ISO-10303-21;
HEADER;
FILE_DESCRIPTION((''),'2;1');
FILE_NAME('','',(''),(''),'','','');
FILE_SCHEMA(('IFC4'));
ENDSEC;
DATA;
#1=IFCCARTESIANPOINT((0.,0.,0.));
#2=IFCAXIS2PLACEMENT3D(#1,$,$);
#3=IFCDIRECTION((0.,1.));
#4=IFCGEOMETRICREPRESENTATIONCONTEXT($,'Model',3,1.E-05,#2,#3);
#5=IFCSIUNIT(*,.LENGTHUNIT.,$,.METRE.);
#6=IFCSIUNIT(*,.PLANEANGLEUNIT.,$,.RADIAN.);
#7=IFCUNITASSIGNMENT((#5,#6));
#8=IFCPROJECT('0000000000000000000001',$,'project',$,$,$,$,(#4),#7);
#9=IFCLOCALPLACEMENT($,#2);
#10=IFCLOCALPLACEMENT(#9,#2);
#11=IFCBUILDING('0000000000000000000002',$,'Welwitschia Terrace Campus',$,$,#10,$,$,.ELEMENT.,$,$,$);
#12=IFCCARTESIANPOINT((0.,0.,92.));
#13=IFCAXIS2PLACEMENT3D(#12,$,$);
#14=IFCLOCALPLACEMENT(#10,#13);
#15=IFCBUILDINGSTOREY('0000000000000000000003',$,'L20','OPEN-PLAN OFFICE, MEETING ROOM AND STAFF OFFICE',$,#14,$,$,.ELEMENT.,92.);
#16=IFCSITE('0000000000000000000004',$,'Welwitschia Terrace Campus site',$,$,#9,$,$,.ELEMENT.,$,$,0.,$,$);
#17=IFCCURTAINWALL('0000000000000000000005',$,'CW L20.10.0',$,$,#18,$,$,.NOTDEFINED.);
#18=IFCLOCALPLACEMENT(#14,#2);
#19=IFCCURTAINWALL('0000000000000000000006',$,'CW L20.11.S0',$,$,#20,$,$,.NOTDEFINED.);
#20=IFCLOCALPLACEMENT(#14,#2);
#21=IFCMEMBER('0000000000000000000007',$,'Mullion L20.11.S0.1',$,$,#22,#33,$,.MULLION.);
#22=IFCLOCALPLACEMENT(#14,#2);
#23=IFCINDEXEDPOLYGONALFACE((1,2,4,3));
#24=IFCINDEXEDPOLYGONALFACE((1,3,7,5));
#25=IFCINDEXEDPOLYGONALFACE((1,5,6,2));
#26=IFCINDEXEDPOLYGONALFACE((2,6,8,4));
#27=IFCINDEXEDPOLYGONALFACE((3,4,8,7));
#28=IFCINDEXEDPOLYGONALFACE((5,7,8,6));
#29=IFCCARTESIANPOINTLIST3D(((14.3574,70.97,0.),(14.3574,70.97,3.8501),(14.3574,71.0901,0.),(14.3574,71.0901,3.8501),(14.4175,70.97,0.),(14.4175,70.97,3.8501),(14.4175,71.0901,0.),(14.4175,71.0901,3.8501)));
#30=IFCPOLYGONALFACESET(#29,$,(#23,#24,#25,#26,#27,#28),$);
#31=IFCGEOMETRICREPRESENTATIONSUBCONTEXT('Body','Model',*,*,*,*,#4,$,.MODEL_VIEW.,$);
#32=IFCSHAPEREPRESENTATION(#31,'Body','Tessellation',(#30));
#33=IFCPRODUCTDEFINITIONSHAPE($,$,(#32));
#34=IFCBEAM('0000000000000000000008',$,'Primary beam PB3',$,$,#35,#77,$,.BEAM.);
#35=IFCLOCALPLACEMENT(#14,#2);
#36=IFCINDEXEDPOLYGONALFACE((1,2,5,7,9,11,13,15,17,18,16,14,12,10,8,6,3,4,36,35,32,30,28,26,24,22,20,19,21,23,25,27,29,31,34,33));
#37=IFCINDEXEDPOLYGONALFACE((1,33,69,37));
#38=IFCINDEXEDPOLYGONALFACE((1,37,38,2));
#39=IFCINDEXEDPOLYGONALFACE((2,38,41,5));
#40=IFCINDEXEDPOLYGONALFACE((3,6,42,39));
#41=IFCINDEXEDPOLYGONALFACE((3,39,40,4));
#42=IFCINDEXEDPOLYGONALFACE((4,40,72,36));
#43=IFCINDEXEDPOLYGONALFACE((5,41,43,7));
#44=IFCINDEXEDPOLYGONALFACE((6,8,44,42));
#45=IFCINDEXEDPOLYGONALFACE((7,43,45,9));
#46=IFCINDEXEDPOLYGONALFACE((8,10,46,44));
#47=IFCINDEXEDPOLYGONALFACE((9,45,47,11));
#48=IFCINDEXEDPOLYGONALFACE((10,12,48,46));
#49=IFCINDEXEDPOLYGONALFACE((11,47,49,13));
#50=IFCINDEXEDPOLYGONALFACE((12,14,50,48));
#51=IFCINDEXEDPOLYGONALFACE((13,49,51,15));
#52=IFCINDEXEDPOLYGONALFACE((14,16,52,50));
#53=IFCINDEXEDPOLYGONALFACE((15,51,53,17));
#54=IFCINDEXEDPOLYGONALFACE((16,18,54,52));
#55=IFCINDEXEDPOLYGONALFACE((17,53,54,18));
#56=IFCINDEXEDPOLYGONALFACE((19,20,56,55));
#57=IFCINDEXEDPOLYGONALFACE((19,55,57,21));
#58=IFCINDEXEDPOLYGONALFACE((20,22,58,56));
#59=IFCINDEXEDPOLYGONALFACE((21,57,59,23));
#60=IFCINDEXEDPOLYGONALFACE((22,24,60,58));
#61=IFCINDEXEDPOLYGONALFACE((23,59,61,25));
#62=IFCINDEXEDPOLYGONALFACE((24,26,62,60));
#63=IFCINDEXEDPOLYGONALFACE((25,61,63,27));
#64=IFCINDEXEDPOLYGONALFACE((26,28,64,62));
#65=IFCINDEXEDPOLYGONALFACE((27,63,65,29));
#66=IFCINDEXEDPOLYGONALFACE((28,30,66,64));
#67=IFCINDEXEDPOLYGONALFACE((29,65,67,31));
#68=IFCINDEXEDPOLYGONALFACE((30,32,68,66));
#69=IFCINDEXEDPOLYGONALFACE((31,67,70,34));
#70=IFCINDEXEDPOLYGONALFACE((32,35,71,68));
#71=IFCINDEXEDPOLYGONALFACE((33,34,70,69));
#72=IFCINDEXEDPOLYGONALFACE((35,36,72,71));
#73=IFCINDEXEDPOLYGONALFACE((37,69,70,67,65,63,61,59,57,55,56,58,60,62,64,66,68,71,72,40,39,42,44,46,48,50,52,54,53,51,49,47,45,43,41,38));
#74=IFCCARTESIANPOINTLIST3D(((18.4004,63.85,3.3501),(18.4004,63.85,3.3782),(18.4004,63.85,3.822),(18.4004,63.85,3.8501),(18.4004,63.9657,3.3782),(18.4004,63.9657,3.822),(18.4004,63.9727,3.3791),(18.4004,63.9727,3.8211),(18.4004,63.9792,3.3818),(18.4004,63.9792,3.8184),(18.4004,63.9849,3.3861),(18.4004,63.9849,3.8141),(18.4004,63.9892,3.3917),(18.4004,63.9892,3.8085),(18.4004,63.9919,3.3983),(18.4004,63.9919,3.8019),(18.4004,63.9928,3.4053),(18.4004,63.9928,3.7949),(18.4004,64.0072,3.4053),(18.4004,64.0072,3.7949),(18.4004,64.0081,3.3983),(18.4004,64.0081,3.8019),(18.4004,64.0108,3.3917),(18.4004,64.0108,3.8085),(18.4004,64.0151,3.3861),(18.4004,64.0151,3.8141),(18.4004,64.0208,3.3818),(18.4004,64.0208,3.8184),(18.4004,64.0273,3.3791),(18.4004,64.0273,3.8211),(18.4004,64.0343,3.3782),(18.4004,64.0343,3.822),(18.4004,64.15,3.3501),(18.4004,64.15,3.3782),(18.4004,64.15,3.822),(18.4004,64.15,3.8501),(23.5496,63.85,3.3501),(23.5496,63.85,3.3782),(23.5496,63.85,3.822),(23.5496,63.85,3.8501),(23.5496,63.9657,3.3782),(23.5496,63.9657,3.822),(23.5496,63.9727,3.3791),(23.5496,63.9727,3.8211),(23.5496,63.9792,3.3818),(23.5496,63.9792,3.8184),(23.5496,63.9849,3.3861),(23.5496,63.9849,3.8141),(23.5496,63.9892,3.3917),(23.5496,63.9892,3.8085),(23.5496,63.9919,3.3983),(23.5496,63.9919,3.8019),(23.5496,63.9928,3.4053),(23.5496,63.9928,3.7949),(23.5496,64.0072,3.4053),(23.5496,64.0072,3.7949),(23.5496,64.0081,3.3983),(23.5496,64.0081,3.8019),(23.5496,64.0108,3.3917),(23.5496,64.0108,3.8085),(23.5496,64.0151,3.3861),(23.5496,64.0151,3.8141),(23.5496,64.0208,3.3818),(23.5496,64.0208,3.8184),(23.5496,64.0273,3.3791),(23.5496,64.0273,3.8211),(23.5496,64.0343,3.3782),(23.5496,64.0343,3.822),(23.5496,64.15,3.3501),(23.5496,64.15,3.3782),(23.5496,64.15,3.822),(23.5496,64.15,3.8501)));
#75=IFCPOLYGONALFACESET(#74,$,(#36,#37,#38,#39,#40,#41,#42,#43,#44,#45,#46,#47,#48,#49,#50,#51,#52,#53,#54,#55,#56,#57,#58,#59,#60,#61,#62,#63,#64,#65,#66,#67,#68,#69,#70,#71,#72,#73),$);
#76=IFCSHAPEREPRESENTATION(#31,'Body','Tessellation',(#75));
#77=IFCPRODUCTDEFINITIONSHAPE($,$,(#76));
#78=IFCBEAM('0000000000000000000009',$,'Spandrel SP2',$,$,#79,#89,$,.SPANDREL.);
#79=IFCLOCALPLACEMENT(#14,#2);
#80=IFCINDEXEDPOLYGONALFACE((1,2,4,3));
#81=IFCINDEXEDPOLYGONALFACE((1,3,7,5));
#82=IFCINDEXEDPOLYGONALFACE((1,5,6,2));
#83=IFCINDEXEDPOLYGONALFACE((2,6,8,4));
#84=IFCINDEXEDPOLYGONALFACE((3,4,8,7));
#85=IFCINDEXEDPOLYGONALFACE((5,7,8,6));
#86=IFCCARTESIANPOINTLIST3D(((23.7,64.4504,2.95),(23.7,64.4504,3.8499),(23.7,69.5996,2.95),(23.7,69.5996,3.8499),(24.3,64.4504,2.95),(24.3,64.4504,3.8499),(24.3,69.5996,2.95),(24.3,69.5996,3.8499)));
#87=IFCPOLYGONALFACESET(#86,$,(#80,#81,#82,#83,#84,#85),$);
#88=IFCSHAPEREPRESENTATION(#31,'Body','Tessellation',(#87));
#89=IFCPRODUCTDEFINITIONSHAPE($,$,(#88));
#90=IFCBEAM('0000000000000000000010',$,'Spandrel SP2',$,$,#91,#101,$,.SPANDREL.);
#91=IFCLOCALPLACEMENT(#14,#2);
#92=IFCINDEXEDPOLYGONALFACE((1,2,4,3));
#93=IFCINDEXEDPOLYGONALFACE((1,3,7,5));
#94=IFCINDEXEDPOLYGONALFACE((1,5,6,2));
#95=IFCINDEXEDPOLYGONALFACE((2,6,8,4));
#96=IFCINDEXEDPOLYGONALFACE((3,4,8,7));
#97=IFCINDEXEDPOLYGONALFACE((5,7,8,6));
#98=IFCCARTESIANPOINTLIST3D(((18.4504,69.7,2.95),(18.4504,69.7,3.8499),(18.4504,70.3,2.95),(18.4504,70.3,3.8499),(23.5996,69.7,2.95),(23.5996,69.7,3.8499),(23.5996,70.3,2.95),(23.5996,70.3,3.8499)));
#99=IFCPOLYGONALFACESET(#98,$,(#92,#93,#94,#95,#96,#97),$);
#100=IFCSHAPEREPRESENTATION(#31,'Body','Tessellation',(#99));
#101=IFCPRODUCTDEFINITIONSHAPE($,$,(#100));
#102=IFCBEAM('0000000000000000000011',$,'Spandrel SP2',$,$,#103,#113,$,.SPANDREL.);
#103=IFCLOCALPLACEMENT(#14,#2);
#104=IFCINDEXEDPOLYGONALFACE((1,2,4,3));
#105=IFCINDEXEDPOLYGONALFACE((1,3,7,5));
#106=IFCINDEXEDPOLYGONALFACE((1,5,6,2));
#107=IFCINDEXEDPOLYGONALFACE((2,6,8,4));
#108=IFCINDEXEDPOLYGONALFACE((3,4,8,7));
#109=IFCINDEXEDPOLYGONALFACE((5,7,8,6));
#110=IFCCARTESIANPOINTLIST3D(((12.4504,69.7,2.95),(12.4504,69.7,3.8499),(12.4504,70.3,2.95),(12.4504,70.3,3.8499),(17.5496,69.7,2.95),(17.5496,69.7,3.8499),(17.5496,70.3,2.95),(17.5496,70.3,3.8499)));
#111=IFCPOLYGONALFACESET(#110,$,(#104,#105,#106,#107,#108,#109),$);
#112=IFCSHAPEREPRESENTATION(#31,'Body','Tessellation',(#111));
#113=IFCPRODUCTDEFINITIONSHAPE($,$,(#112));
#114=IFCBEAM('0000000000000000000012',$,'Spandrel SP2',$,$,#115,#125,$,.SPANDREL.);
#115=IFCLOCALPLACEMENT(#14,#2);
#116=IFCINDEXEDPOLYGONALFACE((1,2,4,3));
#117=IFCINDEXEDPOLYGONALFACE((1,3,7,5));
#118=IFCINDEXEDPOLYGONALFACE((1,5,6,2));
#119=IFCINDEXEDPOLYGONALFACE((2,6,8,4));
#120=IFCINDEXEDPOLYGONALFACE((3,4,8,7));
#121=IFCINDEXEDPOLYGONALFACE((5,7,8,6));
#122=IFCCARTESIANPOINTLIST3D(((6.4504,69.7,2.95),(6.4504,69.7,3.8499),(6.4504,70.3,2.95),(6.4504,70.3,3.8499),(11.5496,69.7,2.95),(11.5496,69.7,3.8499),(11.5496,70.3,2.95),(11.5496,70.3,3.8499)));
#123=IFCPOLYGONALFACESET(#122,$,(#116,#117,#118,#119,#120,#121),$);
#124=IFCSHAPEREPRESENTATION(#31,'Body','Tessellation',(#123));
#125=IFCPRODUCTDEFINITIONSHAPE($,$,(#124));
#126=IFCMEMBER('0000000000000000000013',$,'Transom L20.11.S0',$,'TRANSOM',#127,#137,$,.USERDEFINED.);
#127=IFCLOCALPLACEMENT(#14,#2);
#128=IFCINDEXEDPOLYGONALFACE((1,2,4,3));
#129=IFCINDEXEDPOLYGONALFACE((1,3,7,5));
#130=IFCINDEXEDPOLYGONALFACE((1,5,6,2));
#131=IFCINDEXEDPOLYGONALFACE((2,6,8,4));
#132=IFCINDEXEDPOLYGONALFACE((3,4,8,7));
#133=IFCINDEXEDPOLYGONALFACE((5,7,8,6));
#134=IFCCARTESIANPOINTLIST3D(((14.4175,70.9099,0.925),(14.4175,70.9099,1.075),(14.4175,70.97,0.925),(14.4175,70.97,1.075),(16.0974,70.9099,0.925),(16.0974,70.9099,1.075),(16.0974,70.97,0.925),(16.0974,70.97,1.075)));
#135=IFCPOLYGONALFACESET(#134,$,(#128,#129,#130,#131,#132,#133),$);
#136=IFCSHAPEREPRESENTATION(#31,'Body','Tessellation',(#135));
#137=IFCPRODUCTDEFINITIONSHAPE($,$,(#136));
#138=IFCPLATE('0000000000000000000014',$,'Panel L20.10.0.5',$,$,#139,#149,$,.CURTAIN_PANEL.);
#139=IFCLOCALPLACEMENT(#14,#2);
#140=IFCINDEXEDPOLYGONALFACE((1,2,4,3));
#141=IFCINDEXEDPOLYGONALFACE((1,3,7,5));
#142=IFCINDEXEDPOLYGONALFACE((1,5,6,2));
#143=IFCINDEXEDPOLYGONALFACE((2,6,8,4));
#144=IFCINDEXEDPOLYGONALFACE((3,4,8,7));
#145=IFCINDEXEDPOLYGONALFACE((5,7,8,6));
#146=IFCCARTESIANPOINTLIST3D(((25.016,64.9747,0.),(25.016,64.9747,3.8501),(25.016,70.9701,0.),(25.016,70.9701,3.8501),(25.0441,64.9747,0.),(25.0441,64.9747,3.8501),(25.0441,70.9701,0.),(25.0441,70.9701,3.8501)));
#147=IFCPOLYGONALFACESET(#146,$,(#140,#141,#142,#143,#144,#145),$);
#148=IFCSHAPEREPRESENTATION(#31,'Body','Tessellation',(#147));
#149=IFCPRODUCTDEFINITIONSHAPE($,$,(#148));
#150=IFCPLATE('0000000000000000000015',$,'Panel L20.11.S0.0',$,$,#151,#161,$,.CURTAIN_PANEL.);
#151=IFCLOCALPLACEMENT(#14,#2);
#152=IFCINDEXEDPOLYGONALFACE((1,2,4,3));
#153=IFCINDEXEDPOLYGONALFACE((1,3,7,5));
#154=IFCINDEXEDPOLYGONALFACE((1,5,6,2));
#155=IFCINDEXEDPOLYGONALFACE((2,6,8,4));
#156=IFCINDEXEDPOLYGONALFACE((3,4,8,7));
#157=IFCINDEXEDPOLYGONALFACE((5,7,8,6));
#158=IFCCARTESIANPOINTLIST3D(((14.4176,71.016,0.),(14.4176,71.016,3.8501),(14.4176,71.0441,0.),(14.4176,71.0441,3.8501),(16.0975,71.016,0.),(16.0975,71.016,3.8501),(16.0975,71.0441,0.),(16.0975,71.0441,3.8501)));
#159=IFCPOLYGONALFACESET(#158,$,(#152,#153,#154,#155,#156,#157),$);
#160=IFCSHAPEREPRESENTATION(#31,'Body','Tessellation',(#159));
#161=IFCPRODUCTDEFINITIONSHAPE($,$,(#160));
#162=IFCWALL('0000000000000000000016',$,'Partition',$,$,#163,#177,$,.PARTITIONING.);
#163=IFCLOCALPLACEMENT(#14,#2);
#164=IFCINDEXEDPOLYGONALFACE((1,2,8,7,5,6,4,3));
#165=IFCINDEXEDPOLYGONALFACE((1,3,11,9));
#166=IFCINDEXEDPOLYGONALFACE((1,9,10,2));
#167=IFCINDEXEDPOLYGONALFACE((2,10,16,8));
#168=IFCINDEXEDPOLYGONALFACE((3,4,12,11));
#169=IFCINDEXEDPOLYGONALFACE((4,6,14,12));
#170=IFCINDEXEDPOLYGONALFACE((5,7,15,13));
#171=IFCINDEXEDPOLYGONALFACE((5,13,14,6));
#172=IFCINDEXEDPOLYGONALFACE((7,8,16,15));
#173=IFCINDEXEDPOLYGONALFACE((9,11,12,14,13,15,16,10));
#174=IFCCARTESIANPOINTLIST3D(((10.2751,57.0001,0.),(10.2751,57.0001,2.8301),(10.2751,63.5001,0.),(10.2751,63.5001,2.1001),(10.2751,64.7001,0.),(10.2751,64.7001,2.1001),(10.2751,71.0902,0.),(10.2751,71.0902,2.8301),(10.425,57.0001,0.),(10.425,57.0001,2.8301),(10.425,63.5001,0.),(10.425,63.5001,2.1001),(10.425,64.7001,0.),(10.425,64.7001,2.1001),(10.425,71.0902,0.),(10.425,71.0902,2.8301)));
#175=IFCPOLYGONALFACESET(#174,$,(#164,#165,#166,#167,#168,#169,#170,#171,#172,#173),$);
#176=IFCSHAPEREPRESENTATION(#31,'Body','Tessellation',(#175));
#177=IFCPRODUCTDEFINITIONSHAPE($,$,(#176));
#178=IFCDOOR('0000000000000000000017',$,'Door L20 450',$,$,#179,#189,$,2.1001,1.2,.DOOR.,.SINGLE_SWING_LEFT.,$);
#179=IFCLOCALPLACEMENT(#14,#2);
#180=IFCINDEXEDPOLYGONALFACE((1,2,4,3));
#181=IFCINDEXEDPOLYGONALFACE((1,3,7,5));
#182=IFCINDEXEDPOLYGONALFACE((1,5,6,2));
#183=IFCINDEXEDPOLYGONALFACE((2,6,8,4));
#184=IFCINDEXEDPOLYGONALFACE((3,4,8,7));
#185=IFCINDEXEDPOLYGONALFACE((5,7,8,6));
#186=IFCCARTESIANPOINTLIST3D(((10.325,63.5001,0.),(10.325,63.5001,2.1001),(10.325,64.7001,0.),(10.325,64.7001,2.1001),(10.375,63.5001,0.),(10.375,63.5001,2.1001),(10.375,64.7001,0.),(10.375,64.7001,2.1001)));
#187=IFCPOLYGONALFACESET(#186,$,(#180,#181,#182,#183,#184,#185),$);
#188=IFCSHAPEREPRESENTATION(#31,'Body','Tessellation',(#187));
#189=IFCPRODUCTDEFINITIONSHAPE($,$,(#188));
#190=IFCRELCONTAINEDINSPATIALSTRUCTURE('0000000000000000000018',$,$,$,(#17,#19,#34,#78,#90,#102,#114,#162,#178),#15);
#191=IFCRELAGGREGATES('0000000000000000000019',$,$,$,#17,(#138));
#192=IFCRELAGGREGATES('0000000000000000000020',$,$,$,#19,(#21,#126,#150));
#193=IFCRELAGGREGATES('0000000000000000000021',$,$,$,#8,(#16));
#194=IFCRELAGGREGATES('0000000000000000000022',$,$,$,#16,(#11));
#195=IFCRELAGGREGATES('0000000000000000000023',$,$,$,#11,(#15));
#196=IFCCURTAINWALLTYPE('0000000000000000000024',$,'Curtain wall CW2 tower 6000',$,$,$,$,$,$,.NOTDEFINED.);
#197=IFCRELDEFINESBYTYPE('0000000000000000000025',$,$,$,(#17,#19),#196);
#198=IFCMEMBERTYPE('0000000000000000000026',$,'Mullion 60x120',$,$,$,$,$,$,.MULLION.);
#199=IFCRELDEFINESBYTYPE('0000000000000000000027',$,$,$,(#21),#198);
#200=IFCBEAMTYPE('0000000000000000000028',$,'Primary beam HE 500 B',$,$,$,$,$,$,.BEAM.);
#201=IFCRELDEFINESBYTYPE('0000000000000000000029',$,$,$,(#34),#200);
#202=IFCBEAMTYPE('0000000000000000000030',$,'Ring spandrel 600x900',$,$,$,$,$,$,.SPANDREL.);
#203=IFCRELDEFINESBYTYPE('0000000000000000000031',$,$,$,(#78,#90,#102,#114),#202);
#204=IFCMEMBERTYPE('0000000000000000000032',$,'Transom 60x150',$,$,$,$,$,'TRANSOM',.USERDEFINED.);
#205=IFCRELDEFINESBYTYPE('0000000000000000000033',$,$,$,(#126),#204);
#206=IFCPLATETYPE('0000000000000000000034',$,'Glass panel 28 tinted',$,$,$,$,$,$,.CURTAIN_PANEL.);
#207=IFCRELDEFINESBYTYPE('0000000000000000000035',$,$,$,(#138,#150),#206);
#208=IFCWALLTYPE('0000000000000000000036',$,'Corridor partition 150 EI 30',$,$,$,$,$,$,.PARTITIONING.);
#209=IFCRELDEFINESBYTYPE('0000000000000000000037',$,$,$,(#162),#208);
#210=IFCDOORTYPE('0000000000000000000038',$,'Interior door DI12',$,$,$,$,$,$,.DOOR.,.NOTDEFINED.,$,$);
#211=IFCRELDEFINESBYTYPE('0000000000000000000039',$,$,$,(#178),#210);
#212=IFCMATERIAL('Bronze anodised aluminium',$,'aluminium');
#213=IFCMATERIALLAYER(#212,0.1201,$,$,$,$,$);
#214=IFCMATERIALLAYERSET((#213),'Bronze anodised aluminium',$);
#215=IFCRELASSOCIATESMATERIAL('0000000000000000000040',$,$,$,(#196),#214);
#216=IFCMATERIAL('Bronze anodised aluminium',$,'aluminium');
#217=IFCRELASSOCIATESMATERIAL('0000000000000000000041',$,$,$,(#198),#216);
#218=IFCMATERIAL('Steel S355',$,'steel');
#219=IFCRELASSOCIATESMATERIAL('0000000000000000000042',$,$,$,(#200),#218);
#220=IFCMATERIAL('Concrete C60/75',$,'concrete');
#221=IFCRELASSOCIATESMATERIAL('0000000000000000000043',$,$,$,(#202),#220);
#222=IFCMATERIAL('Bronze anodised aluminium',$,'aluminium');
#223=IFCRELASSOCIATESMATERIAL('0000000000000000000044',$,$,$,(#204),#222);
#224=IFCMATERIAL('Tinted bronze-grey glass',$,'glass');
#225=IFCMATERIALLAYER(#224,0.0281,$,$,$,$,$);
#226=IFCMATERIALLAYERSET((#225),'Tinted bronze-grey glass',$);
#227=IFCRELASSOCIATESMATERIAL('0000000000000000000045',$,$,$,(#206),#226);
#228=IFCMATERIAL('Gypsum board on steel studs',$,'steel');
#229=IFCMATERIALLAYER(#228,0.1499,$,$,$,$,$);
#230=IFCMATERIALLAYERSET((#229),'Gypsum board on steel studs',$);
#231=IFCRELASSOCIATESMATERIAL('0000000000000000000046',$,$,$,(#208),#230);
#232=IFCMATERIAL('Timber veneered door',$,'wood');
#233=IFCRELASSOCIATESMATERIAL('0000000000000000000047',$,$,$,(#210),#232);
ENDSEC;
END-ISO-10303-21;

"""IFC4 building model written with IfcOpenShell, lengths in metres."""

from ifc_helpers import new_model, si_unit, direction, frame, frame_2d, origin, origin_2d, place, context, subcontext, project, spatial, rectangle, i_section, extrude, material, layer, layer_set, material_profile, profile_set, type_object, element, fill, aggregate, save


model = new_model("IFC4")

# Units and contexts
model_context = context("Model", 3, precision=1e-05, world=origin(), true_north=direction((0.0, 1.0)))
body_context = subcontext(model_context, "Body", "Model", "MODEL_VIEW")
ifc_project = project(units=[si_unit("LENGTHUNIT", "METRE"), si_unit("PLANEANGLEUNIT", "RADIAN")], contexts=[model_context])

# Site, building, storey
site_placement = place(None, origin())
site = spatial("IfcSite", under=ifc_project, at=site_placement, Name="Welwitschia Terrace Campus site", CompositionType="ELEMENT", RefElevation=0.0)
building_placement = place(site_placement, origin())
building = spatial("IfcBuilding", under=site, at=building_placement, Name="Welwitschia Terrace Campus", CompositionType="ELEMENT")
storey_placement = place(building_placement, frame((0.0, 0.0, 92.0)))
storey = spatial("IfcBuildingStorey", under=building, at=storey_placement, Name="L20", Description="OPEN-PLAN OFFICE, MEETING ROOM AND STAFF OFFICE", CompositionType="ELEMENT", Elevation=92.0)

# Curtain walls, member
ifc_material_1 = material(Name="Bronze anodised aluminium", Category="aluminium")
ifc_layer_1 = layer(ifc_material_1, 0.1201)
ifc_layer_set_1 = layer_set([ifc_layer_1], Name="Bronze anodised aluminium")
curtain_wall_type = type_object("IfcCurtainWallType", Name="Curtain wall CW2 tower 6000", PredefinedType="NOTDEFINED", material=ifc_layer_set_1)
curtain_wall_1_placement = place(storey_placement, origin())
curtain_wall_1 = element("IfcCurtainWall", 1, at=curtain_wall_1_placement, inside=storey, type_object=curtain_wall_type, Name="CW L20.10.0", PredefinedType="NOTDEFINED")
ifc_material_2 = material(Name="Bronze anodised aluminium", Category="aluminium")
ifc_material_profile_1 = material_profile(ifc_material_2, rectangle(XDim=0.1201, YDim=0.0601, at=origin_2d()))
ifc_profile_set_1 = profile_set([ifc_material_profile_1], Name="Bronze anodised aluminium")
member_type_1 = type_object("IfcMemberType", Name="Mullion 60x120", PredefinedType="MULLION", material=ifc_profile_set_1)
curtain_wall_2_placement = place(storey_placement, origin())
curtain_wall_2 = element("IfcCurtainWall", 2, at=curtain_wall_2_placement, inside=storey, type_object=curtain_wall_type, Name="CW L20.11.S0", PredefinedType="NOTDEFINED")
member_1_placement = place(storey_placement, frame((14.3875, 71.03, 0.0), z_axis=(0.0, 0.0, 1.0), x_axis=(0.0, -1.0, 0.0)))
member_1 = element("IfcMember", 3, at=member_1_placement, type_object=member_type_1, Name="Mullion L20.11.S0.1", PredefinedType="MULLION", context=body_context, shape_type="SweptSolid", body=[
    extrude(rectangle(XDim=0.1201, YDim=0.0601, at=origin_2d()), origin(), (0.0, 0.0, 1.0), 3.8501),
])

# Beams
ifc_material_3 = material(Name="Steel S355", Category="steel")
ifc_material_profile_2 = material_profile(ifc_material_3, i_section(OverallWidth=0.3, OverallDepth=0.5, WebThickness=0.0144, FlangeThickness=0.0281, FilletRadius=0.0271, at=origin_2d()))
ifc_profile_set_2 = profile_set([ifc_material_profile_2], Name="Steel S355")
beam_type_1 = type_object("IfcBeamType", Name="Primary beam HE 500 B", PredefinedType="BEAM", material=ifc_profile_set_2)
beam_1_placement = place(storey_placement, frame((23.5496, 64.0, 3.6001), z_axis=(-1.0, 0.0, 0.0), x_axis=(0.0, -1.0, 0.0)))
element("IfcBeam", 4, at=beam_1_placement, inside=storey, type_object=beam_type_1, Name="Primary beam PB3", PredefinedType="BEAM", context=body_context, shape_type="SweptSolid", body=[
    extrude(i_section(OverallWidth=0.3, OverallDepth=0.5, WebThickness=0.0144, FlangeThickness=0.0281, FilletRadius=0.0271, at=origin_2d()), origin(), (0.0, 0.0, 1.0), 5.1492),
])
ifc_material_4 = material(Name="Concrete C60/75", Category="concrete")
ifc_material_profile_3 = material_profile(ifc_material_4, rectangle(XDim=0.6001, YDim=0.8999, at=origin_2d()))
ifc_profile_set_3 = profile_set([ifc_material_profile_3], Name="Concrete C60/75")
beam_type_2 = type_object("IfcBeamType", Name="Ring spandrel 600x900", PredefinedType="SPANDREL", material=ifc_profile_set_3)
for number, where, z_axis, x_axis, name in (
    (5, (24.0, 64.4504, 3.3999), (0.0, 1.0, 0.0), (-1.0, 0.0, 0.0), "Spandrel SP2"),
    (6, (23.5996, 70.0, 3.3999), (-1.0, 0.0, 0.0), (0.0, -1.0, 0.0), "Spandrel SP2"),
):
    element("IfcBeam", number, at=place(storey_placement, frame(where, z_axis=z_axis, x_axis=x_axis)), inside=storey, type_object=beam_type_2, Name=name, PredefinedType="SPANDREL", context=body_context, shape_type="SweptSolid", body=[
        extrude(rectangle(XDim=0.6001, YDim=0.8999, at=origin_2d()), origin(), (0.0, 0.0, 1.0), 5.1492),
    ])
for number, where, z_axis, x_axis, name in (
    (7, (17.5496, 70.0, 3.3999), (-1.0, 0.0, 0.0), (0.0, -1.0, 0.0), "Spandrel SP2"),
    (8, (11.5496, 70.0, 3.3999), (-1.0, 0.0, 0.0), (0.0, -1.0, 0.0), "Spandrel SP2"),
):
    element("IfcBeam", number, at=place(storey_placement, frame(where, z_axis=z_axis, x_axis=x_axis)), inside=storey, type_object=beam_type_2, Name=name, PredefinedType="SPANDREL", context=body_context, shape_type="SweptSolid", body=[
        extrude(rectangle(XDim=0.6001, YDim=0.8999, at=origin_2d()), origin(), (0.0, 0.0, 1.0), 5.0991),
    ])

# Member
ifc_material_5 = material(Name="Bronze anodised aluminium", Category="aluminium")
ifc_material_profile_4 = material_profile(ifc_material_5, rectangle(XDim=0.0601, YDim=0.1499, at=origin_2d()))
ifc_profile_set_4 = profile_set([ifc_material_profile_4], Name="Bronze anodised aluminium")
member_type_2 = type_object("IfcMemberType", Name="Transom 60x150", ElementType="TRANSOM", PredefinedType="USERDEFINED", material=ifc_profile_set_4)
member_2_placement = place(storey_placement, frame((16.0974, 70.9399, 1.0), z_axis=(-1.0, 0.0, 0.0), x_axis=(0.0, -1.0, 0.0)))
member_2 = element("IfcMember", 9, at=member_2_placement, type_object=member_type_2, Name="Transom L20.11.S0", ObjectType="TRANSOM", PredefinedType="USERDEFINED", context=body_context, shape_type="SweptSolid", body=[
    extrude(rectangle(XDim=0.0601, YDim=0.1499, at=origin_2d()), origin(), (0.0, 0.0, 1.0), 1.6799),
])

# Plates
ifc_material_6 = material(Name="Tinted bronze-grey glass", Category="glass")
ifc_layer_2 = layer(ifc_material_6, 0.0281)
ifc_layer_set_2 = layer_set([ifc_layer_2], Name="Tinted bronze-grey glass")
plate_type = type_object("IfcPlateType", Name="Glass panel 28 tinted", PredefinedType="CURTAIN_PANEL", material=ifc_layer_set_2)
plate_1_placement = place(storey_placement, frame((25.03, 67.9724, 0.0), z_axis=(0.0, 0.0, 1.0), x_axis=(0.0, 1.0, 0.0)))
plate_1 = element("IfcPlate", 10, at=plate_1_placement, type_object=plate_type, Name="Panel L20.10.0.5", PredefinedType="CURTAIN_PANEL", context=body_context, shape_type="SweptSolid", body=[
    extrude(rectangle(XDim=5.9954, YDim=0.0281, at=origin_2d()), origin(), (0.0, 0.0, 1.0), 3.8501),
])
aggregate(curtain_wall_1, [plate_1])
plate_2_placement = place(storey_placement, frame((15.2576, 71.03, 0.0), z_axis=(0.0, 0.0, 1.0), x_axis=(-1.0, 0.0, 0.0)))
plate_2 = element("IfcPlate", 11, at=plate_2_placement, type_object=plate_type, Name="Panel L20.11.S0.0", PredefinedType="CURTAIN_PANEL", context=body_context, shape_type="SweptSolid", body=[
    extrude(rectangle(XDim=1.6799, YDim=0.0281, at=origin_2d()), origin(), (0.0, 0.0, 1.0), 3.8501),
])
aggregate(curtain_wall_2, [member_1, member_2, plate_2])

# Wall, opening, door
ifc_material_7 = material(Name="Gypsum board on steel studs", Category="steel")
ifc_layer_3 = layer(ifc_material_7, 0.1499)
ifc_layer_set_3 = layer_set([ifc_layer_3], Name="Gypsum board on steel studs")
wall_type_1 = type_object("IfcWallType", Name="Corridor partition 150 EI 30", PredefinedType="PARTITIONING", material=ifc_layer_set_3)
wall_1_placement = place(storey_placement, frame((10.3501, 71.0901, 0.0), z_axis=(0.0, 0.0, 1.0), x_axis=(0.0, -1.0, 0.0)))
wall_1 = element("IfcWall", 12, at=wall_1_placement, inside=storey, type_object=wall_type_1, Name="Partition", PredefinedType="PARTITIONING", context=body_context, shape_type="SweptSolid", body=[
    extrude(rectangle(XDim=14.0901, YDim=0.1499, at=frame_2d((7.0449, 0.0))), origin(), (0.0, 0.0, 1.0), 2.8301),
])
opening_placement = place(wall_1_placement, frame((6.3899, 0.0, 0.0)))
opening = element("IfcOpeningElement", 13, at=opening_placement, cuts=wall_1, PredefinedType="OPENING", context=body_context, shape_type="SweptSolid", body=[
    extrude(rectangle(XDim=1.2, YDim=2.1001, at=frame_2d((0.6001, 1.05))), frame((0.0, 0.085, 0.0), z_axis=(0.0, -1.0, 0.0), x_axis=(1.0, 0.0, 0.0)), (0.0, 0.0, 1.0), 0.1699),
])
ifc_material_8 = material(Name="Timber veneered door", Category="wood")
door_type = type_object("IfcDoorType", Name="Interior door DI12", OperationType="NOTDEFINED", PredefinedType="DOOR", material=ifc_material_8)
door_placement = place(opening_placement, origin())
door = element("IfcDoor", 14, at=door_placement, inside=storey, type_object=door_type, Name="Door L20 450", OperationType="SINGLE_SWING_LEFT", OverallHeight=2.1001, OverallWidth=1.2, PredefinedType="DOOR", context=body_context, shape_type="SweptSolid", body=[
    extrude(rectangle(XDim=1.2, YDim=2.1001, at=frame_2d((0.6001, 1.05))), frame((0.0, 0.0249, 0.0), z_axis=(0.0, -1.0, 0.0), x_axis=(1.0, 0.0, 0.0)), (0.0, 0.0, 1.0), 0.05),
])
fill(opening, door)

save(model, "model.ifc")
